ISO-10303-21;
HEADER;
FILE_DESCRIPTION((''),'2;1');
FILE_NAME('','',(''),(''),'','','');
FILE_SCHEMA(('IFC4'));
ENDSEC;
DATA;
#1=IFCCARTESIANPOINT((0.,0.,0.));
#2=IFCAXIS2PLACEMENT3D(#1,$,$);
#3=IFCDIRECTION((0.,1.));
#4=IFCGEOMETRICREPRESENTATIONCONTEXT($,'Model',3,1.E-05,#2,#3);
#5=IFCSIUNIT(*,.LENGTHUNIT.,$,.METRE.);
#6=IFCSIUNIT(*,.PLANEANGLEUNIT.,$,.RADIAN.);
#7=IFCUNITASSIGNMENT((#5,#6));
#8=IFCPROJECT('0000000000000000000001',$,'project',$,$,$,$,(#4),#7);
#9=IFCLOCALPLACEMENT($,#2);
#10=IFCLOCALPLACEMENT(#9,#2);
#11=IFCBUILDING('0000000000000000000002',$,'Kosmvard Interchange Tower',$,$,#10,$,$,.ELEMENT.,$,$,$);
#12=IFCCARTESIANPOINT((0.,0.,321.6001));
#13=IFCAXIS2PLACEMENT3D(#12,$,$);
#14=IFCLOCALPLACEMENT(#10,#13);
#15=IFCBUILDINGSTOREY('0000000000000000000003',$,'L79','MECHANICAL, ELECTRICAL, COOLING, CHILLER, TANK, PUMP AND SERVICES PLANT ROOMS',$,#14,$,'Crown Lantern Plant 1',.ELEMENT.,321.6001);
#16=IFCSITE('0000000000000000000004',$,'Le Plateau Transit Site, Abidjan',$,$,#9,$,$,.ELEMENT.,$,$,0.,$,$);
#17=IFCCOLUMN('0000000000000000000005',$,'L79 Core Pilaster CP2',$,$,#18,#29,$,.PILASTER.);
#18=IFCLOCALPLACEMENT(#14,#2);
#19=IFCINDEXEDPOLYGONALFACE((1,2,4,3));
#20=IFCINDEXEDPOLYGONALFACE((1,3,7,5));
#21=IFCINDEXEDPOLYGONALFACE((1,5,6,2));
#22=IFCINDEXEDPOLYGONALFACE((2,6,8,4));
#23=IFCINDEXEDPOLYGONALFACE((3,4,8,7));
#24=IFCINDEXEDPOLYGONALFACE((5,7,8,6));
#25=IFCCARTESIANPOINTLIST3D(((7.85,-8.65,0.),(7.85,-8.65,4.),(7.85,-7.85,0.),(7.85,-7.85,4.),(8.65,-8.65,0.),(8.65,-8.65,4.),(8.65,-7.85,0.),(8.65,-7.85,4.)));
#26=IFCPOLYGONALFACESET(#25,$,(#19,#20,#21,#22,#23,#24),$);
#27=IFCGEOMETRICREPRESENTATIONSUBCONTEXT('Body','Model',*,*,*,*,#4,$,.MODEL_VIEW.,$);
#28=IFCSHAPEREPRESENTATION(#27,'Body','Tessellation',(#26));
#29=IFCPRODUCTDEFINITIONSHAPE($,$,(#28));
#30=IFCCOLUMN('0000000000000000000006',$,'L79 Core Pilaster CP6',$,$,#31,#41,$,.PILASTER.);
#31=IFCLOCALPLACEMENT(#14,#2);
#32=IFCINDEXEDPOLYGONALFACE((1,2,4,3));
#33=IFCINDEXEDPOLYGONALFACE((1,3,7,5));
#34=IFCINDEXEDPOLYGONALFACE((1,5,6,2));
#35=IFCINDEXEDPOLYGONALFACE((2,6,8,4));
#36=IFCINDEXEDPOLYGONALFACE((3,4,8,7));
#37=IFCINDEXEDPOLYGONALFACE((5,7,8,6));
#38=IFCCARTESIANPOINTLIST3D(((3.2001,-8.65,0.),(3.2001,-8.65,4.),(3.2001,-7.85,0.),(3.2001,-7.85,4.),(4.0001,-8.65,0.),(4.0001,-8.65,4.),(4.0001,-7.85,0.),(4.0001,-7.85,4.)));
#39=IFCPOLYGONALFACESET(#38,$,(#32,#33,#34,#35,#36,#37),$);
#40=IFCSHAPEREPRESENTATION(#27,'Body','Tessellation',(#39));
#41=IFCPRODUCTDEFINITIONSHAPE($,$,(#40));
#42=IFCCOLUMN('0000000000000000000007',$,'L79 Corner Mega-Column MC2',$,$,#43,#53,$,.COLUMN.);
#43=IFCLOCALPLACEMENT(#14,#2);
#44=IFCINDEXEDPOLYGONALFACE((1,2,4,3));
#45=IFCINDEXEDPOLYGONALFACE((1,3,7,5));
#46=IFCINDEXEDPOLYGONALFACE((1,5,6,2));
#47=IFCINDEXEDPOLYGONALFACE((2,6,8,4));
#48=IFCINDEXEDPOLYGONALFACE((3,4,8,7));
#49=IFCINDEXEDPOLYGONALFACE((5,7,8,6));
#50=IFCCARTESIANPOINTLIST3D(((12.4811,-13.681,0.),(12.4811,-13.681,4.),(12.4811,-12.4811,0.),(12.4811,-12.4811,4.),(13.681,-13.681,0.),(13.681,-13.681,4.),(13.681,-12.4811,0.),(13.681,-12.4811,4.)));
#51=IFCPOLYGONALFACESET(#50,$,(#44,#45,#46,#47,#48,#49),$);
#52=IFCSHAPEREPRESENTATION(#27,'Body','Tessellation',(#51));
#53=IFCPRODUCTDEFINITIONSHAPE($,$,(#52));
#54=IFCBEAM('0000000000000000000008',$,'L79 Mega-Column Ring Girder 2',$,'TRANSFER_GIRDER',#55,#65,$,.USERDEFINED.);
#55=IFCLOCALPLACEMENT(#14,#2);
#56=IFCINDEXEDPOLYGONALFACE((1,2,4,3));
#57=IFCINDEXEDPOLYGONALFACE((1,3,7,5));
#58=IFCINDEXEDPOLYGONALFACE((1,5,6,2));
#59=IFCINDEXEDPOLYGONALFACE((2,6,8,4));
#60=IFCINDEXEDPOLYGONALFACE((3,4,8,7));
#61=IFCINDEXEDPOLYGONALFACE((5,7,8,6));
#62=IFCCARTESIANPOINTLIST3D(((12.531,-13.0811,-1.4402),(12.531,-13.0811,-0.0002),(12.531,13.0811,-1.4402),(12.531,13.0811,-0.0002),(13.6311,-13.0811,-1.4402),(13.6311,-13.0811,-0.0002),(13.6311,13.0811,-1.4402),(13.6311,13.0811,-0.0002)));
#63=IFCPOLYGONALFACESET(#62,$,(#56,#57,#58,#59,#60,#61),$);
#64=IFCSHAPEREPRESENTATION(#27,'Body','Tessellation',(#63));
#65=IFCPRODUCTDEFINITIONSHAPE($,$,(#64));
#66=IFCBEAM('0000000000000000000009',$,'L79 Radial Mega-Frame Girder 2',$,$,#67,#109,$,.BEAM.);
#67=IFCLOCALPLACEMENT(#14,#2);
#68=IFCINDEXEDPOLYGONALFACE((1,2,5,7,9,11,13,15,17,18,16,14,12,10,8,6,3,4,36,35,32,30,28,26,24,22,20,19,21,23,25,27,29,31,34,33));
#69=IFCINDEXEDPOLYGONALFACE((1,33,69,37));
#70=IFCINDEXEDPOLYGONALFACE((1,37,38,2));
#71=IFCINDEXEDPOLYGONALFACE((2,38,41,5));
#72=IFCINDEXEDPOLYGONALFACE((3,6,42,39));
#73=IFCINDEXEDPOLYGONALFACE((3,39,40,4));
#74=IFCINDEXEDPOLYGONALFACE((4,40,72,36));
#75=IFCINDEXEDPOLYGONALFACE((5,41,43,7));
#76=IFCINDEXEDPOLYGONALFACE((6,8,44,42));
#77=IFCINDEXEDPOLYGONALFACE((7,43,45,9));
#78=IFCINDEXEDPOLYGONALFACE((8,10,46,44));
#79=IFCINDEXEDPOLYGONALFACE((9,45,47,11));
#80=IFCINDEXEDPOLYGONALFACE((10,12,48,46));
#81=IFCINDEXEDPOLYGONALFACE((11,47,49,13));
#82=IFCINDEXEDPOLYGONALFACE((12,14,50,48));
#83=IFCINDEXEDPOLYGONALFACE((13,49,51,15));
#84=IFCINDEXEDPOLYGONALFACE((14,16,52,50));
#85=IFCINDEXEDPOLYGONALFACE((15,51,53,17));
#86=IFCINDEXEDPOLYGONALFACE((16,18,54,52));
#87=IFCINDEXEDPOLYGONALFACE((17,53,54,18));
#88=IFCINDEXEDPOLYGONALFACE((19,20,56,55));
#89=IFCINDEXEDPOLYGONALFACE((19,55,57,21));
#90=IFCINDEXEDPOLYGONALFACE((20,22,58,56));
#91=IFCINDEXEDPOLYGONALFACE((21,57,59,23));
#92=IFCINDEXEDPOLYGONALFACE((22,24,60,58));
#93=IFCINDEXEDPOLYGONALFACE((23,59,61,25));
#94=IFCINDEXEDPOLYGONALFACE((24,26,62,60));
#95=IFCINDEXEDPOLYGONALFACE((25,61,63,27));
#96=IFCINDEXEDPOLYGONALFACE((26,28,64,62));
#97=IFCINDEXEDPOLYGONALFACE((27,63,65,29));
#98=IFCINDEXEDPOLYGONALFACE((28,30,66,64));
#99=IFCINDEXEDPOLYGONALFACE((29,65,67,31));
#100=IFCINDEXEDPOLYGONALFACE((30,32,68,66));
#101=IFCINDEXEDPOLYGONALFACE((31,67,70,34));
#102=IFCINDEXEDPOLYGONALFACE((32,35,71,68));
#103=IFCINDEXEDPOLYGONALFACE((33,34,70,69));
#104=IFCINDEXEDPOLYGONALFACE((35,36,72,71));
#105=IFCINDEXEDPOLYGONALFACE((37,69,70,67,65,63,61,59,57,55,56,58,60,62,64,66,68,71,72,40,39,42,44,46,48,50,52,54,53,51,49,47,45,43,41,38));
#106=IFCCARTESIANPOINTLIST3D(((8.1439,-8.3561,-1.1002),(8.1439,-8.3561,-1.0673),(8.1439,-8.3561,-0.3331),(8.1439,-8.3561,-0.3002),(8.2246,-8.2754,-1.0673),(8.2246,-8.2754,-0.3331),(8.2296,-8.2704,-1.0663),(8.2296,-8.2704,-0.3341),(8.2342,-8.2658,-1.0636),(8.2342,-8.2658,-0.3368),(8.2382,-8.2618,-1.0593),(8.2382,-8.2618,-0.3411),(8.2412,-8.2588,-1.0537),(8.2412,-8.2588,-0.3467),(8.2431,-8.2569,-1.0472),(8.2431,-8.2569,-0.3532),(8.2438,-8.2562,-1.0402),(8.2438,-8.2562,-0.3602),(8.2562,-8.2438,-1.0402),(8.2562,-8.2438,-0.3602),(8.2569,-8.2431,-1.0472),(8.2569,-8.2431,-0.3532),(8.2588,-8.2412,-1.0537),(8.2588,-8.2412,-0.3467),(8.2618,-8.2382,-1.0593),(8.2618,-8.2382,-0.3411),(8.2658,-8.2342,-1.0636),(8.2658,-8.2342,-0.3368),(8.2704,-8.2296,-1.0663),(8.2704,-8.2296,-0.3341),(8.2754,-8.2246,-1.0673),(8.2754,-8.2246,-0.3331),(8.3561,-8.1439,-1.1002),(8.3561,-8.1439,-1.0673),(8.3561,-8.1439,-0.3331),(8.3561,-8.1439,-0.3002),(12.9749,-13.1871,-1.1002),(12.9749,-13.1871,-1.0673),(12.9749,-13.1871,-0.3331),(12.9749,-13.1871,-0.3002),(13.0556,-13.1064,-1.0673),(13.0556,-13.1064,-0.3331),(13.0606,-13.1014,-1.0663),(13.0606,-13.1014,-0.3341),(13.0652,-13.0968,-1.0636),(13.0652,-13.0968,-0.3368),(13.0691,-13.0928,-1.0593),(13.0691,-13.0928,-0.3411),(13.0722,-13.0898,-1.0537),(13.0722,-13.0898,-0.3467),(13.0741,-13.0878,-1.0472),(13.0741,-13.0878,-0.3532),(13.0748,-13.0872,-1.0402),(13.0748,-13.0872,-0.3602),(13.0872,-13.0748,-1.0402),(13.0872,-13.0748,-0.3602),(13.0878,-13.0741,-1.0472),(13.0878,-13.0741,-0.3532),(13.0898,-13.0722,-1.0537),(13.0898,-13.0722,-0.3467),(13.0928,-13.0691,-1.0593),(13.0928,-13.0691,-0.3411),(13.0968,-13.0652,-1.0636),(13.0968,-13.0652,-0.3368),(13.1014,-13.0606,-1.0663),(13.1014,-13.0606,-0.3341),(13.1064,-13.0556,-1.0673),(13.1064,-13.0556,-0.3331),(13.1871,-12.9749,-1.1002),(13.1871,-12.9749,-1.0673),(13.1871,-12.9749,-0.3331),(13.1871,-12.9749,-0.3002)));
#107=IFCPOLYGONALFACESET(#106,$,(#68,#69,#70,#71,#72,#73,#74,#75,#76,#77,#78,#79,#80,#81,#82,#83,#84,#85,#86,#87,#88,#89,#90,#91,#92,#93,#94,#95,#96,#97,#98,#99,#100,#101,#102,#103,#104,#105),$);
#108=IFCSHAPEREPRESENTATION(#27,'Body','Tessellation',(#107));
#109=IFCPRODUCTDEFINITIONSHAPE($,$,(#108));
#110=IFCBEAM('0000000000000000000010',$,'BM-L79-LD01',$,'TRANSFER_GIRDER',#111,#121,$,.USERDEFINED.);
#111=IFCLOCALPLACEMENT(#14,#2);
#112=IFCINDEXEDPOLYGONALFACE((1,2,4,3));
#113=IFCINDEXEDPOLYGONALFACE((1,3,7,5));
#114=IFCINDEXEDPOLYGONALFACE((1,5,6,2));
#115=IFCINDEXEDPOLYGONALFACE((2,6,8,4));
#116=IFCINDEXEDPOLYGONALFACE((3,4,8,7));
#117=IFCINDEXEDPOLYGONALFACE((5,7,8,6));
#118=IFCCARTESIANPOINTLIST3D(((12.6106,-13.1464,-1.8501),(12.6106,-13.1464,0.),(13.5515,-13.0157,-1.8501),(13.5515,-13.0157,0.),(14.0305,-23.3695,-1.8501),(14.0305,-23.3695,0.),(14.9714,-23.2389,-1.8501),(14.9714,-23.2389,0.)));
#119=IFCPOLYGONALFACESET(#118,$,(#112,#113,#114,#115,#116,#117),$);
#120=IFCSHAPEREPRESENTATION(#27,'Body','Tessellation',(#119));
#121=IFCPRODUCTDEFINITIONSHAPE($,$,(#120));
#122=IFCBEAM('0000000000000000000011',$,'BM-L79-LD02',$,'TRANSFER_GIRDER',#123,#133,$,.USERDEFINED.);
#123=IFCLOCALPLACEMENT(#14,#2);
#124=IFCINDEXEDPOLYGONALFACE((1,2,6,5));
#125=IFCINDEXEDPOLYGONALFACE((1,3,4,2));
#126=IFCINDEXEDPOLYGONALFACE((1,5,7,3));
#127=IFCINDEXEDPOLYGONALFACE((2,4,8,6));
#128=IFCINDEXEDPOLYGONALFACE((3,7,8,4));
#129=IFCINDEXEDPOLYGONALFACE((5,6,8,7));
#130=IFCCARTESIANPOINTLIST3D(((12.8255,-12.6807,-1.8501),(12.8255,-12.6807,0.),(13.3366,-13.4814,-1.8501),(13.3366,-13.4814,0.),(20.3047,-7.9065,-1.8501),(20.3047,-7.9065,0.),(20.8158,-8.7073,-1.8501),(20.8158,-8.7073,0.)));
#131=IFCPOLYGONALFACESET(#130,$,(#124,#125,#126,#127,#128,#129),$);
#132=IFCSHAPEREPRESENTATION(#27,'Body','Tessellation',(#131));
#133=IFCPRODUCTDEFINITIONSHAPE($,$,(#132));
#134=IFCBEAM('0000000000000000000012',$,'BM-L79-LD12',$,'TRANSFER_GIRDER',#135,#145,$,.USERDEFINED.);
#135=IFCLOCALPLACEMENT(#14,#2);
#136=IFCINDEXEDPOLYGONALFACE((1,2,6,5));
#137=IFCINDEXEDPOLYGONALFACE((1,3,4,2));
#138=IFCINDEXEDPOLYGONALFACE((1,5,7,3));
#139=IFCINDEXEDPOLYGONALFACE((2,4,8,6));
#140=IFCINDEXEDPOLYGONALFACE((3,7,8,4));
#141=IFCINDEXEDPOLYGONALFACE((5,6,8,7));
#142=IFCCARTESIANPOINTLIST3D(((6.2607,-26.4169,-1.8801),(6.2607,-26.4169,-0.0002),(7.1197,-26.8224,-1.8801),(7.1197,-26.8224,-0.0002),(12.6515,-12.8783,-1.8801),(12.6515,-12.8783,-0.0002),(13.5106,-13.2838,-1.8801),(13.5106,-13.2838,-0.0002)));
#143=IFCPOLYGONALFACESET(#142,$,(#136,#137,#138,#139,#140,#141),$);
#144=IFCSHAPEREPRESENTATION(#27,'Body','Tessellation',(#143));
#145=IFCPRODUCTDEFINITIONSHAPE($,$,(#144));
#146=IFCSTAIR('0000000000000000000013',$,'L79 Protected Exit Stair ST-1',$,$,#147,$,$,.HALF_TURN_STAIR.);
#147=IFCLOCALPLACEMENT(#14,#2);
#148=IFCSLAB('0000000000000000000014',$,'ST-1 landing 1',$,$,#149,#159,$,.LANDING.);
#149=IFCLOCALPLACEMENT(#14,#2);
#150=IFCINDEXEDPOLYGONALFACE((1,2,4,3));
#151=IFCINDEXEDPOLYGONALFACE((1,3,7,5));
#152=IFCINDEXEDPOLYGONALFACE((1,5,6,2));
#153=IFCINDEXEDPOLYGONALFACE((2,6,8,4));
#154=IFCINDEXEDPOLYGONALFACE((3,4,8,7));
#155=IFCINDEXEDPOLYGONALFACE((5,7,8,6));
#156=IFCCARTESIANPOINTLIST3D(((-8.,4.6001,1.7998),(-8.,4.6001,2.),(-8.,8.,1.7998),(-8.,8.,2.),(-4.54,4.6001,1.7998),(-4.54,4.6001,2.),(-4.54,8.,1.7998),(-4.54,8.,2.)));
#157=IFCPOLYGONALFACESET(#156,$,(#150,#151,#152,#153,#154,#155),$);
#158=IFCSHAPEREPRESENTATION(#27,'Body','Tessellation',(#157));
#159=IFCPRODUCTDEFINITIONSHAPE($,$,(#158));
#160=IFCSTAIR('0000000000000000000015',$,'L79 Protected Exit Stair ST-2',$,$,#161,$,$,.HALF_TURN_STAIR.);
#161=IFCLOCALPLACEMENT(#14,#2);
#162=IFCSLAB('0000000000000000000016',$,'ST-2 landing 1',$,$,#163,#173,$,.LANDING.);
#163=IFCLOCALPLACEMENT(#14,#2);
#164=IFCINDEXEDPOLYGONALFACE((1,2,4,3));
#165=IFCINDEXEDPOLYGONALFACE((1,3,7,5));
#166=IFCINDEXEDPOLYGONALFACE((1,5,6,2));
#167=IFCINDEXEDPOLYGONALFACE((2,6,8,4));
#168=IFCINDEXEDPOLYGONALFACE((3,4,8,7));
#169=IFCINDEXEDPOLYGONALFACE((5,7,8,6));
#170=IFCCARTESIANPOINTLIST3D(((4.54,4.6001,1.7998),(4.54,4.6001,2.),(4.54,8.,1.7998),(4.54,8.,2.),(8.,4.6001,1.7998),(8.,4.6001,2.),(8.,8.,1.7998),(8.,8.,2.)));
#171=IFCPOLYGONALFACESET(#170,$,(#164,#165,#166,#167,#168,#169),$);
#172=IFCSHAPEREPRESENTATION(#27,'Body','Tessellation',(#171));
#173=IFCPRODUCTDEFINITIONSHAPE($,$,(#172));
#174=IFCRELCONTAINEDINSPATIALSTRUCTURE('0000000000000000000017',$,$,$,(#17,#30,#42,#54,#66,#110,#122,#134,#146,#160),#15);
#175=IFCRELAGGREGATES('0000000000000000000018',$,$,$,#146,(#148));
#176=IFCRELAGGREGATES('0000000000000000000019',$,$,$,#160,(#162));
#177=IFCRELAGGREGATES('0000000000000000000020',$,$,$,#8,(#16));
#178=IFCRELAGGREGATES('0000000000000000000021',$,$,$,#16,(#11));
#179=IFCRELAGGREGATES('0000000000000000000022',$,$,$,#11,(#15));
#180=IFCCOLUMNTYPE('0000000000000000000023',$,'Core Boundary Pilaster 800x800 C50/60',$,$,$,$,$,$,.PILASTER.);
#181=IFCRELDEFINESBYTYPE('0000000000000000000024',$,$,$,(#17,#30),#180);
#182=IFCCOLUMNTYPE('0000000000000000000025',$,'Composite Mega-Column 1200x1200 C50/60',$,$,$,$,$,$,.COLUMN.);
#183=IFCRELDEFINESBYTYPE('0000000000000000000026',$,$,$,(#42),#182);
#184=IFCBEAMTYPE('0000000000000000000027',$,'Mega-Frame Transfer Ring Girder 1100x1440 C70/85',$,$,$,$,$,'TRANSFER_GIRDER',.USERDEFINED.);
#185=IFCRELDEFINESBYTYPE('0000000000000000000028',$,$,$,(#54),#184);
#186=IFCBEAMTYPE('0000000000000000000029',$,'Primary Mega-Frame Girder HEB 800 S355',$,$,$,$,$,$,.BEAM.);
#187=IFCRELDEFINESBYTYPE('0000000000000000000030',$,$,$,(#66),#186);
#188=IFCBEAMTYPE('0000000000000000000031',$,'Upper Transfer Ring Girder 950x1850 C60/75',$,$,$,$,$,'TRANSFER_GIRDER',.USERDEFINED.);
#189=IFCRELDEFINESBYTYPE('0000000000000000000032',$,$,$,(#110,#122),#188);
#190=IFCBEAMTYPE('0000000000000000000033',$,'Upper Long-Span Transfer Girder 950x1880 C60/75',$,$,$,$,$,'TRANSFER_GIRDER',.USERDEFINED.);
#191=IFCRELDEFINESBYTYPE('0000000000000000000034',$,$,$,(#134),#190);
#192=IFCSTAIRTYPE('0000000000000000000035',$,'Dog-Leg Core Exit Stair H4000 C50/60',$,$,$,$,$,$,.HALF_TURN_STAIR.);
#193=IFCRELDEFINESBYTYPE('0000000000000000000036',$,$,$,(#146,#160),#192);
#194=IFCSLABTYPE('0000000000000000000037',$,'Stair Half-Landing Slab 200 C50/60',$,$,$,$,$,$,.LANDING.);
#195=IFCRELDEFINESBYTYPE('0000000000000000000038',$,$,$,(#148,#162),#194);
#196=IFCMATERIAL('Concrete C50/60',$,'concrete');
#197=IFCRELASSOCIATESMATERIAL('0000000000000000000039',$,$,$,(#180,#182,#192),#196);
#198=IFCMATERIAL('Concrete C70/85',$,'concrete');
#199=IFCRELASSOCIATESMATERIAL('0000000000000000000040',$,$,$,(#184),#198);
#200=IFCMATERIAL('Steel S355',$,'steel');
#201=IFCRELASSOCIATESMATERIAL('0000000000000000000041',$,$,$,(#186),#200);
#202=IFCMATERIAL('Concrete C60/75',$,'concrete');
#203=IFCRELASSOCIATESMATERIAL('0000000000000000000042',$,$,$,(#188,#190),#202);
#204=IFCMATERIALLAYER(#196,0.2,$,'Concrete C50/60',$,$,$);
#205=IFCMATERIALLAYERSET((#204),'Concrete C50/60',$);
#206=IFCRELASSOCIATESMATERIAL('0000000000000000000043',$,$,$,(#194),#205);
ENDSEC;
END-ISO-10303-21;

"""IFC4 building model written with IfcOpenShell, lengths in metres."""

from ifc_helpers import new_model, si_unit, direction, frame, origin, origin_2d, place, context, subcontext, project, spatial, polyline, rectangle, i_section, outline, extrude, source, transform, mapped, material, layer, layer_set, material_profile, profile_set, type_object, element, aggregate, save


model = new_model("IFC4")

# Units and contexts
model_context = context("Model", 3, precision=1e-05, world=origin(), true_north=direction((0.0, 1.0)))
body_context = subcontext(model_context, "Body", "Model", "MODEL_VIEW")
ifc_project = project(units=[si_unit("LENGTHUNIT", "METRE"), si_unit("PLANEANGLEUNIT", "RADIAN")], contexts=[model_context])

# Site, building, storey
site_placement = place(None, origin())
site = spatial("IfcSite", under=ifc_project, at=site_placement, Name="Le Plateau Transit Site, Abidjan", CompositionType="ELEMENT", RefElevation=0.0)
building_placement = place(site_placement, origin())
building = spatial("IfcBuilding", under=site, at=building_placement, Name="Kosmvard Interchange Tower", CompositionType="ELEMENT")
storey_placement = place(building_placement, frame((0.0, 0.0, 321.6001)))
storey = spatial("IfcBuildingStorey", under=building, at=storey_placement, Name="L79", Description="MECHANICAL, ELECTRICAL, COOLING, CHILLER, TANK, PUMP AND SERVICES PLANT ROOMS", LongName="Crown Lantern Plant 1", CompositionType="ELEMENT", Elevation=321.6001)

# Columns
ifc_material_1 = material(Name="Concrete C50/60", Category="concrete")
ifc_material_profile_1 = material_profile(ifc_material_1, rectangle(XDim=0.8, YDim=0.8, at=origin_2d()), Name="CP 800x800")
ifc_profile_set_1 = profile_set([ifc_material_profile_1], Name="Concrete C50/60")
column_type_1 = type_object("IfcColumnType", Name="Core Boundary Pilaster 800x800 C50/60", PredefinedType="PILASTER", material=ifc_profile_set_1)
shared_shape_1 = source(origin(), body_context, "Body", "SweptSolid", [
    extrude(rectangle(XDim=0.8, YDim=0.8, at=origin_2d()), origin(), (0.0, 0.0, 1.0), 4.0),
])
for number, where, z_axis, x_axis, name in (
    (1, (8.25, -8.25, 0.0), (0.0, 0.0, 1.0), (1.0, 0.0, 0.0), "L79 Core Pilaster CP2"),
    (2, (3.6001, -8.25, 0.0), (0.0, 0.0, 1.0), (1.0, 0.0, 0.0), "L79 Core Pilaster CP6"),
):
    element("IfcColumn", number, at=place(storey_placement, frame(where, z_axis=z_axis, x_axis=x_axis)), inside=storey, type_object=column_type_1, Name=name, PredefinedType="PILASTER", context=body_context, shape_type="MappedRepresentation", body=[
        mapped(shared_shape_1, transform((0.0, 0.0, 0.0), scale=1.0)),
    ])
ifc_material_profile_2 = material_profile(ifc_material_1, rectangle(XDim=1.2, YDim=1.2, at=origin_2d()), Name="MC 1200x1200")
ifc_profile_set_2 = profile_set([ifc_material_profile_2], Name="Concrete C50/60")
column_type_2 = type_object("IfcColumnType", Name="Composite Mega-Column 1200x1200 C50/60", PredefinedType="COLUMN", material=ifc_profile_set_2)
shared_shape_2 = source(origin(), body_context, "Body", "SweptSolid", [
    extrude(rectangle(XDim=1.2, YDim=1.2, at=origin_2d()), origin(), (0.0, 0.0, 1.0), 4.0),
])
column_placement = place(storey_placement, frame((13.0811, -13.0811, 0.0), z_axis=(0.0, 0.0, 1.0), x_axis=(1.0, 0.0, 0.0)))
element("IfcColumn", 3, at=column_placement, inside=storey, type_object=column_type_2, Name="L79 Corner Mega-Column MC2", PredefinedType="COLUMN", context=body_context, shape_type="MappedRepresentation", body=[
    mapped(shared_shape_2, transform((0.0, 0.0, 0.0), scale=1.0)),
])

# Beams
ifc_material_2 = material(Name="Concrete C70/85", Category="concrete")
ifc_material_profile_3 = material_profile(ifc_material_2, rectangle(XDim=1.1001, YDim=1.4399, at=origin_2d()), Name="TG 1100x1440")
ifc_profile_set_3 = profile_set([ifc_material_profile_3], Name="Concrete C70/85")
beam_type_1 = type_object("IfcBeamType", Name="Mega-Frame Transfer Ring Girder 1100x1440 C70/85", ElementType="TRANSFER_GIRDER", PredefinedType="USERDEFINED", material=ifc_profile_set_3)
shared_shape_3 = source(origin(), body_context, "Body", "SweptSolid", [
    extrude(rectangle(XDim=1.1001, YDim=1.4399, at=origin_2d()), origin(), (0.0, 0.0, 1.0), 26.1621),
])
beam_1_placement = place(storey_placement, frame((13.0811, -13.0811, -0.7202), z_axis=(0.0, 1.0, 0.0), x_axis=(-1.0, 0.0, 0.0)))
element("IfcBeam", 4, at=beam_1_placement, inside=storey, type_object=beam_type_1, Name="L79 Mega-Column Ring Girder 2", ObjectType="TRANSFER_GIRDER", PredefinedType="USERDEFINED", context=body_context, shape_type="MappedRepresentation", body=[
    mapped(shared_shape_3, transform((0.0, 0.0, 0.0), scale=1.0)),
])
ifc_material_3 = material(Name="Steel S355", Category="steel")
ifc_material_profile_4 = material_profile(ifc_material_3, i_section(OverallWidth=0.3, OverallDepth=0.8, WebThickness=0.0176, FlangeThickness=0.033, FilletRadius=0.0271, at=origin_2d()), Name="HEB 800")
ifc_profile_set_4 = profile_set([ifc_material_profile_4], Name="Steel S355")
beam_type_2 = type_object("IfcBeamType", Name="Primary Mega-Frame Girder HEB 800 S355", PredefinedType="BEAM", material=ifc_profile_set_4)
shared_shape_4 = source(origin(), body_context, "Body", "SweptSolid", [
    extrude(i_section(OverallWidth=0.3, OverallDepth=0.8, WebThickness=0.0176, FlangeThickness=0.033, FilletRadius=0.0271, at=origin_2d()), origin(), (0.0, 0.0, 1.0), 6.832),
])
beam_2_placement = place(storey_placement, frame((8.25, -8.25, -0.7002), z_axis=(0.707107, -0.707107, 0.0), x_axis=(0.707107, 0.707107, 0.0)))
element("IfcBeam", 5, at=beam_2_placement, inside=storey, type_object=beam_type_2, Name="L79 Radial Mega-Frame Girder 2", PredefinedType="BEAM", context=body_context, shape_type="MappedRepresentation", body=[
    mapped(shared_shape_4, transform((0.0, 0.0, 0.0), scale=1.0)),
])
ifc_material_4 = material(Name="Concrete C60/75", Category="concrete")
ifc_material_profile_5 = material_profile(ifc_material_4, rectangle(XDim=0.95, YDim=1.8501, at=origin_2d()), Name="TG 950x1850")
ifc_profile_set_5 = profile_set([ifc_material_profile_5], Name="Concrete C60/75")
beam_type_3 = type_object("IfcBeamType", Name="Upper Transfer Ring Girder 950x1850 C60/75", ElementType="TRANSFER_GIRDER", PredefinedType="USERDEFINED", material=ifc_profile_set_5)
shared_shape_5 = source(origin(), body_context, "Body", "SweptSolid", [
    extrude(rectangle(XDim=0.95, YDim=1.8501, at=origin_2d()), origin(), (0.0, 0.0, 1.0), 10.3213),
])
beam_3_placement = place(storey_placement, frame((13.0811, -13.0811, -0.925), z_axis=(0.137572, -0.990492, 0.0), x_axis=(0.990492, 0.137572, 0.0)))
element("IfcBeam", 6, at=beam_3_placement, inside=storey, type_object=beam_type_3, Name="BM-L79-LD01", ObjectType="TRANSFER_GIRDER", PredefinedType="USERDEFINED", context=body_context, shape_type="MappedRepresentation", body=[
    mapped(shared_shape_5, transform((0.0, 0.0, 0.0), scale=1.0)),
])
shared_shape_6 = source(origin(), body_context, "Body", "SweptSolid", [
    extrude(rectangle(XDim=0.95, YDim=1.8501, at=origin_2d()), origin(), (0.0, 0.0, 1.0), 8.873),
])
beam_4_placement = place(storey_placement, frame((13.0811, -13.0811, -0.925), z_axis=(0.842913, 0.53805, 0.0), x_axis=(-0.53805, 0.842913, 0.0)))
element("IfcBeam", 7, at=beam_4_placement, inside=storey, type_object=beam_type_3, Name="BM-L79-LD02", ObjectType="TRANSFER_GIRDER", PredefinedType="USERDEFINED", context=body_context, shape_type="MappedRepresentation", body=[
    mapped(shared_shape_6, transform((0.0, 0.0, 0.0), scale=1.0)),
])
ifc_material_profile_6 = material_profile(ifc_material_4, rectangle(XDim=0.95, YDim=1.8799, at=origin_2d()), Name="TG 950x1880")
ifc_profile_set_6 = profile_set([ifc_material_profile_6], Name="Concrete C60/75")
beam_type_4 = type_object("IfcBeamType", Name="Upper Long-Span Transfer Girder 950x1880 C60/75", ElementType="TRANSFER_GIRDER", PredefinedType="USERDEFINED", material=ifc_profile_set_6)
shared_shape_7 = source(origin(), body_context, "Body", "SweptSolid", [
    extrude(rectangle(XDim=0.95, YDim=1.8799, at=origin_2d()), origin(), (0.0, 0.0, 1.0), 14.9712),
])
beam_5_placement = place(storey_placement, frame((13.0811, -13.0811, -0.9402), z_axis=(-0.426878, -0.904309, 0.0), x_axis=(0.904309, -0.426878, 0.0)))
element("IfcBeam", 8, at=beam_5_placement, inside=storey, type_object=beam_type_4, Name="BM-L79-LD12", ObjectType="TRANSFER_GIRDER", PredefinedType="USERDEFINED", context=body_context, shape_type="MappedRepresentation", body=[
    mapped(shared_shape_7, transform((0.0, 0.0, 0.0), scale=1.0)),
])

# Stairs, slabs
stair_type = type_object("IfcStairType", Name="Dog-Leg Core Exit Stair H4000 C50/60", PredefinedType="HALF_TURN_STAIR", material=ifc_material_1)
stair_1_placement = place(storey_placement, origin())
stair_1 = element("IfcStair", 9, at=stair_1_placement, inside=storey, type_object=stair_type, Name="L79 Protected Exit Stair ST-1", PredefinedType="HALF_TURN_STAIR")
ifc_layer_1 = layer(ifc_material_1, 0.2, Name="Concrete C50/60")
ifc_layer_set_1 = layer_set([ifc_layer_1], Name="Concrete C50/60")
slab_type = type_object("IfcSlabType", Name="Stair Half-Landing Slab 200 C50/60", PredefinedType="LANDING", material=ifc_layer_set_1)
slab_1_placement = place(storey_placement, frame((0.0, 0.0, 1.7998)))
slab_1 = element("IfcSlab", 10, at=slab_1_placement, type_object=slab_type, Name="ST-1 landing 1", PredefinedType="LANDING", context=body_context, shape_type="SweptSolid", body=[
    extrude(outline(polyline([(-4.54, 4.6001), (-4.54, 8.0), (-8.0, 8.0), (-8.0, 4.6001), (-4.54, 4.6001)])), origin(), (0.0, 0.0, 1.0), 0.2002),
])
aggregate(stair_1, [slab_1])
stair_2_placement = place(storey_placement, origin())
stair_2 = element("IfcStair", 11, at=stair_2_placement, inside=storey, type_object=stair_type, Name="L79 Protected Exit Stair ST-2", PredefinedType="HALF_TURN_STAIR")
slab_2_placement = place(storey_placement, frame((0.0, 0.0, 1.7998)))
slab_2 = element("IfcSlab", 12, at=slab_2_placement, type_object=slab_type, Name="ST-2 landing 1", PredefinedType="LANDING", context=body_context, shape_type="SweptSolid", body=[
    extrude(outline(polyline([(8.0, 4.6001), (8.0, 8.0), (4.54, 8.0), (4.54, 4.6001), (8.0, 4.6001)])), origin(), (0.0, 0.0, 1.0), 0.2002),
])
aggregate(stair_2, [slab_2])

save(model, "model.ifc")
